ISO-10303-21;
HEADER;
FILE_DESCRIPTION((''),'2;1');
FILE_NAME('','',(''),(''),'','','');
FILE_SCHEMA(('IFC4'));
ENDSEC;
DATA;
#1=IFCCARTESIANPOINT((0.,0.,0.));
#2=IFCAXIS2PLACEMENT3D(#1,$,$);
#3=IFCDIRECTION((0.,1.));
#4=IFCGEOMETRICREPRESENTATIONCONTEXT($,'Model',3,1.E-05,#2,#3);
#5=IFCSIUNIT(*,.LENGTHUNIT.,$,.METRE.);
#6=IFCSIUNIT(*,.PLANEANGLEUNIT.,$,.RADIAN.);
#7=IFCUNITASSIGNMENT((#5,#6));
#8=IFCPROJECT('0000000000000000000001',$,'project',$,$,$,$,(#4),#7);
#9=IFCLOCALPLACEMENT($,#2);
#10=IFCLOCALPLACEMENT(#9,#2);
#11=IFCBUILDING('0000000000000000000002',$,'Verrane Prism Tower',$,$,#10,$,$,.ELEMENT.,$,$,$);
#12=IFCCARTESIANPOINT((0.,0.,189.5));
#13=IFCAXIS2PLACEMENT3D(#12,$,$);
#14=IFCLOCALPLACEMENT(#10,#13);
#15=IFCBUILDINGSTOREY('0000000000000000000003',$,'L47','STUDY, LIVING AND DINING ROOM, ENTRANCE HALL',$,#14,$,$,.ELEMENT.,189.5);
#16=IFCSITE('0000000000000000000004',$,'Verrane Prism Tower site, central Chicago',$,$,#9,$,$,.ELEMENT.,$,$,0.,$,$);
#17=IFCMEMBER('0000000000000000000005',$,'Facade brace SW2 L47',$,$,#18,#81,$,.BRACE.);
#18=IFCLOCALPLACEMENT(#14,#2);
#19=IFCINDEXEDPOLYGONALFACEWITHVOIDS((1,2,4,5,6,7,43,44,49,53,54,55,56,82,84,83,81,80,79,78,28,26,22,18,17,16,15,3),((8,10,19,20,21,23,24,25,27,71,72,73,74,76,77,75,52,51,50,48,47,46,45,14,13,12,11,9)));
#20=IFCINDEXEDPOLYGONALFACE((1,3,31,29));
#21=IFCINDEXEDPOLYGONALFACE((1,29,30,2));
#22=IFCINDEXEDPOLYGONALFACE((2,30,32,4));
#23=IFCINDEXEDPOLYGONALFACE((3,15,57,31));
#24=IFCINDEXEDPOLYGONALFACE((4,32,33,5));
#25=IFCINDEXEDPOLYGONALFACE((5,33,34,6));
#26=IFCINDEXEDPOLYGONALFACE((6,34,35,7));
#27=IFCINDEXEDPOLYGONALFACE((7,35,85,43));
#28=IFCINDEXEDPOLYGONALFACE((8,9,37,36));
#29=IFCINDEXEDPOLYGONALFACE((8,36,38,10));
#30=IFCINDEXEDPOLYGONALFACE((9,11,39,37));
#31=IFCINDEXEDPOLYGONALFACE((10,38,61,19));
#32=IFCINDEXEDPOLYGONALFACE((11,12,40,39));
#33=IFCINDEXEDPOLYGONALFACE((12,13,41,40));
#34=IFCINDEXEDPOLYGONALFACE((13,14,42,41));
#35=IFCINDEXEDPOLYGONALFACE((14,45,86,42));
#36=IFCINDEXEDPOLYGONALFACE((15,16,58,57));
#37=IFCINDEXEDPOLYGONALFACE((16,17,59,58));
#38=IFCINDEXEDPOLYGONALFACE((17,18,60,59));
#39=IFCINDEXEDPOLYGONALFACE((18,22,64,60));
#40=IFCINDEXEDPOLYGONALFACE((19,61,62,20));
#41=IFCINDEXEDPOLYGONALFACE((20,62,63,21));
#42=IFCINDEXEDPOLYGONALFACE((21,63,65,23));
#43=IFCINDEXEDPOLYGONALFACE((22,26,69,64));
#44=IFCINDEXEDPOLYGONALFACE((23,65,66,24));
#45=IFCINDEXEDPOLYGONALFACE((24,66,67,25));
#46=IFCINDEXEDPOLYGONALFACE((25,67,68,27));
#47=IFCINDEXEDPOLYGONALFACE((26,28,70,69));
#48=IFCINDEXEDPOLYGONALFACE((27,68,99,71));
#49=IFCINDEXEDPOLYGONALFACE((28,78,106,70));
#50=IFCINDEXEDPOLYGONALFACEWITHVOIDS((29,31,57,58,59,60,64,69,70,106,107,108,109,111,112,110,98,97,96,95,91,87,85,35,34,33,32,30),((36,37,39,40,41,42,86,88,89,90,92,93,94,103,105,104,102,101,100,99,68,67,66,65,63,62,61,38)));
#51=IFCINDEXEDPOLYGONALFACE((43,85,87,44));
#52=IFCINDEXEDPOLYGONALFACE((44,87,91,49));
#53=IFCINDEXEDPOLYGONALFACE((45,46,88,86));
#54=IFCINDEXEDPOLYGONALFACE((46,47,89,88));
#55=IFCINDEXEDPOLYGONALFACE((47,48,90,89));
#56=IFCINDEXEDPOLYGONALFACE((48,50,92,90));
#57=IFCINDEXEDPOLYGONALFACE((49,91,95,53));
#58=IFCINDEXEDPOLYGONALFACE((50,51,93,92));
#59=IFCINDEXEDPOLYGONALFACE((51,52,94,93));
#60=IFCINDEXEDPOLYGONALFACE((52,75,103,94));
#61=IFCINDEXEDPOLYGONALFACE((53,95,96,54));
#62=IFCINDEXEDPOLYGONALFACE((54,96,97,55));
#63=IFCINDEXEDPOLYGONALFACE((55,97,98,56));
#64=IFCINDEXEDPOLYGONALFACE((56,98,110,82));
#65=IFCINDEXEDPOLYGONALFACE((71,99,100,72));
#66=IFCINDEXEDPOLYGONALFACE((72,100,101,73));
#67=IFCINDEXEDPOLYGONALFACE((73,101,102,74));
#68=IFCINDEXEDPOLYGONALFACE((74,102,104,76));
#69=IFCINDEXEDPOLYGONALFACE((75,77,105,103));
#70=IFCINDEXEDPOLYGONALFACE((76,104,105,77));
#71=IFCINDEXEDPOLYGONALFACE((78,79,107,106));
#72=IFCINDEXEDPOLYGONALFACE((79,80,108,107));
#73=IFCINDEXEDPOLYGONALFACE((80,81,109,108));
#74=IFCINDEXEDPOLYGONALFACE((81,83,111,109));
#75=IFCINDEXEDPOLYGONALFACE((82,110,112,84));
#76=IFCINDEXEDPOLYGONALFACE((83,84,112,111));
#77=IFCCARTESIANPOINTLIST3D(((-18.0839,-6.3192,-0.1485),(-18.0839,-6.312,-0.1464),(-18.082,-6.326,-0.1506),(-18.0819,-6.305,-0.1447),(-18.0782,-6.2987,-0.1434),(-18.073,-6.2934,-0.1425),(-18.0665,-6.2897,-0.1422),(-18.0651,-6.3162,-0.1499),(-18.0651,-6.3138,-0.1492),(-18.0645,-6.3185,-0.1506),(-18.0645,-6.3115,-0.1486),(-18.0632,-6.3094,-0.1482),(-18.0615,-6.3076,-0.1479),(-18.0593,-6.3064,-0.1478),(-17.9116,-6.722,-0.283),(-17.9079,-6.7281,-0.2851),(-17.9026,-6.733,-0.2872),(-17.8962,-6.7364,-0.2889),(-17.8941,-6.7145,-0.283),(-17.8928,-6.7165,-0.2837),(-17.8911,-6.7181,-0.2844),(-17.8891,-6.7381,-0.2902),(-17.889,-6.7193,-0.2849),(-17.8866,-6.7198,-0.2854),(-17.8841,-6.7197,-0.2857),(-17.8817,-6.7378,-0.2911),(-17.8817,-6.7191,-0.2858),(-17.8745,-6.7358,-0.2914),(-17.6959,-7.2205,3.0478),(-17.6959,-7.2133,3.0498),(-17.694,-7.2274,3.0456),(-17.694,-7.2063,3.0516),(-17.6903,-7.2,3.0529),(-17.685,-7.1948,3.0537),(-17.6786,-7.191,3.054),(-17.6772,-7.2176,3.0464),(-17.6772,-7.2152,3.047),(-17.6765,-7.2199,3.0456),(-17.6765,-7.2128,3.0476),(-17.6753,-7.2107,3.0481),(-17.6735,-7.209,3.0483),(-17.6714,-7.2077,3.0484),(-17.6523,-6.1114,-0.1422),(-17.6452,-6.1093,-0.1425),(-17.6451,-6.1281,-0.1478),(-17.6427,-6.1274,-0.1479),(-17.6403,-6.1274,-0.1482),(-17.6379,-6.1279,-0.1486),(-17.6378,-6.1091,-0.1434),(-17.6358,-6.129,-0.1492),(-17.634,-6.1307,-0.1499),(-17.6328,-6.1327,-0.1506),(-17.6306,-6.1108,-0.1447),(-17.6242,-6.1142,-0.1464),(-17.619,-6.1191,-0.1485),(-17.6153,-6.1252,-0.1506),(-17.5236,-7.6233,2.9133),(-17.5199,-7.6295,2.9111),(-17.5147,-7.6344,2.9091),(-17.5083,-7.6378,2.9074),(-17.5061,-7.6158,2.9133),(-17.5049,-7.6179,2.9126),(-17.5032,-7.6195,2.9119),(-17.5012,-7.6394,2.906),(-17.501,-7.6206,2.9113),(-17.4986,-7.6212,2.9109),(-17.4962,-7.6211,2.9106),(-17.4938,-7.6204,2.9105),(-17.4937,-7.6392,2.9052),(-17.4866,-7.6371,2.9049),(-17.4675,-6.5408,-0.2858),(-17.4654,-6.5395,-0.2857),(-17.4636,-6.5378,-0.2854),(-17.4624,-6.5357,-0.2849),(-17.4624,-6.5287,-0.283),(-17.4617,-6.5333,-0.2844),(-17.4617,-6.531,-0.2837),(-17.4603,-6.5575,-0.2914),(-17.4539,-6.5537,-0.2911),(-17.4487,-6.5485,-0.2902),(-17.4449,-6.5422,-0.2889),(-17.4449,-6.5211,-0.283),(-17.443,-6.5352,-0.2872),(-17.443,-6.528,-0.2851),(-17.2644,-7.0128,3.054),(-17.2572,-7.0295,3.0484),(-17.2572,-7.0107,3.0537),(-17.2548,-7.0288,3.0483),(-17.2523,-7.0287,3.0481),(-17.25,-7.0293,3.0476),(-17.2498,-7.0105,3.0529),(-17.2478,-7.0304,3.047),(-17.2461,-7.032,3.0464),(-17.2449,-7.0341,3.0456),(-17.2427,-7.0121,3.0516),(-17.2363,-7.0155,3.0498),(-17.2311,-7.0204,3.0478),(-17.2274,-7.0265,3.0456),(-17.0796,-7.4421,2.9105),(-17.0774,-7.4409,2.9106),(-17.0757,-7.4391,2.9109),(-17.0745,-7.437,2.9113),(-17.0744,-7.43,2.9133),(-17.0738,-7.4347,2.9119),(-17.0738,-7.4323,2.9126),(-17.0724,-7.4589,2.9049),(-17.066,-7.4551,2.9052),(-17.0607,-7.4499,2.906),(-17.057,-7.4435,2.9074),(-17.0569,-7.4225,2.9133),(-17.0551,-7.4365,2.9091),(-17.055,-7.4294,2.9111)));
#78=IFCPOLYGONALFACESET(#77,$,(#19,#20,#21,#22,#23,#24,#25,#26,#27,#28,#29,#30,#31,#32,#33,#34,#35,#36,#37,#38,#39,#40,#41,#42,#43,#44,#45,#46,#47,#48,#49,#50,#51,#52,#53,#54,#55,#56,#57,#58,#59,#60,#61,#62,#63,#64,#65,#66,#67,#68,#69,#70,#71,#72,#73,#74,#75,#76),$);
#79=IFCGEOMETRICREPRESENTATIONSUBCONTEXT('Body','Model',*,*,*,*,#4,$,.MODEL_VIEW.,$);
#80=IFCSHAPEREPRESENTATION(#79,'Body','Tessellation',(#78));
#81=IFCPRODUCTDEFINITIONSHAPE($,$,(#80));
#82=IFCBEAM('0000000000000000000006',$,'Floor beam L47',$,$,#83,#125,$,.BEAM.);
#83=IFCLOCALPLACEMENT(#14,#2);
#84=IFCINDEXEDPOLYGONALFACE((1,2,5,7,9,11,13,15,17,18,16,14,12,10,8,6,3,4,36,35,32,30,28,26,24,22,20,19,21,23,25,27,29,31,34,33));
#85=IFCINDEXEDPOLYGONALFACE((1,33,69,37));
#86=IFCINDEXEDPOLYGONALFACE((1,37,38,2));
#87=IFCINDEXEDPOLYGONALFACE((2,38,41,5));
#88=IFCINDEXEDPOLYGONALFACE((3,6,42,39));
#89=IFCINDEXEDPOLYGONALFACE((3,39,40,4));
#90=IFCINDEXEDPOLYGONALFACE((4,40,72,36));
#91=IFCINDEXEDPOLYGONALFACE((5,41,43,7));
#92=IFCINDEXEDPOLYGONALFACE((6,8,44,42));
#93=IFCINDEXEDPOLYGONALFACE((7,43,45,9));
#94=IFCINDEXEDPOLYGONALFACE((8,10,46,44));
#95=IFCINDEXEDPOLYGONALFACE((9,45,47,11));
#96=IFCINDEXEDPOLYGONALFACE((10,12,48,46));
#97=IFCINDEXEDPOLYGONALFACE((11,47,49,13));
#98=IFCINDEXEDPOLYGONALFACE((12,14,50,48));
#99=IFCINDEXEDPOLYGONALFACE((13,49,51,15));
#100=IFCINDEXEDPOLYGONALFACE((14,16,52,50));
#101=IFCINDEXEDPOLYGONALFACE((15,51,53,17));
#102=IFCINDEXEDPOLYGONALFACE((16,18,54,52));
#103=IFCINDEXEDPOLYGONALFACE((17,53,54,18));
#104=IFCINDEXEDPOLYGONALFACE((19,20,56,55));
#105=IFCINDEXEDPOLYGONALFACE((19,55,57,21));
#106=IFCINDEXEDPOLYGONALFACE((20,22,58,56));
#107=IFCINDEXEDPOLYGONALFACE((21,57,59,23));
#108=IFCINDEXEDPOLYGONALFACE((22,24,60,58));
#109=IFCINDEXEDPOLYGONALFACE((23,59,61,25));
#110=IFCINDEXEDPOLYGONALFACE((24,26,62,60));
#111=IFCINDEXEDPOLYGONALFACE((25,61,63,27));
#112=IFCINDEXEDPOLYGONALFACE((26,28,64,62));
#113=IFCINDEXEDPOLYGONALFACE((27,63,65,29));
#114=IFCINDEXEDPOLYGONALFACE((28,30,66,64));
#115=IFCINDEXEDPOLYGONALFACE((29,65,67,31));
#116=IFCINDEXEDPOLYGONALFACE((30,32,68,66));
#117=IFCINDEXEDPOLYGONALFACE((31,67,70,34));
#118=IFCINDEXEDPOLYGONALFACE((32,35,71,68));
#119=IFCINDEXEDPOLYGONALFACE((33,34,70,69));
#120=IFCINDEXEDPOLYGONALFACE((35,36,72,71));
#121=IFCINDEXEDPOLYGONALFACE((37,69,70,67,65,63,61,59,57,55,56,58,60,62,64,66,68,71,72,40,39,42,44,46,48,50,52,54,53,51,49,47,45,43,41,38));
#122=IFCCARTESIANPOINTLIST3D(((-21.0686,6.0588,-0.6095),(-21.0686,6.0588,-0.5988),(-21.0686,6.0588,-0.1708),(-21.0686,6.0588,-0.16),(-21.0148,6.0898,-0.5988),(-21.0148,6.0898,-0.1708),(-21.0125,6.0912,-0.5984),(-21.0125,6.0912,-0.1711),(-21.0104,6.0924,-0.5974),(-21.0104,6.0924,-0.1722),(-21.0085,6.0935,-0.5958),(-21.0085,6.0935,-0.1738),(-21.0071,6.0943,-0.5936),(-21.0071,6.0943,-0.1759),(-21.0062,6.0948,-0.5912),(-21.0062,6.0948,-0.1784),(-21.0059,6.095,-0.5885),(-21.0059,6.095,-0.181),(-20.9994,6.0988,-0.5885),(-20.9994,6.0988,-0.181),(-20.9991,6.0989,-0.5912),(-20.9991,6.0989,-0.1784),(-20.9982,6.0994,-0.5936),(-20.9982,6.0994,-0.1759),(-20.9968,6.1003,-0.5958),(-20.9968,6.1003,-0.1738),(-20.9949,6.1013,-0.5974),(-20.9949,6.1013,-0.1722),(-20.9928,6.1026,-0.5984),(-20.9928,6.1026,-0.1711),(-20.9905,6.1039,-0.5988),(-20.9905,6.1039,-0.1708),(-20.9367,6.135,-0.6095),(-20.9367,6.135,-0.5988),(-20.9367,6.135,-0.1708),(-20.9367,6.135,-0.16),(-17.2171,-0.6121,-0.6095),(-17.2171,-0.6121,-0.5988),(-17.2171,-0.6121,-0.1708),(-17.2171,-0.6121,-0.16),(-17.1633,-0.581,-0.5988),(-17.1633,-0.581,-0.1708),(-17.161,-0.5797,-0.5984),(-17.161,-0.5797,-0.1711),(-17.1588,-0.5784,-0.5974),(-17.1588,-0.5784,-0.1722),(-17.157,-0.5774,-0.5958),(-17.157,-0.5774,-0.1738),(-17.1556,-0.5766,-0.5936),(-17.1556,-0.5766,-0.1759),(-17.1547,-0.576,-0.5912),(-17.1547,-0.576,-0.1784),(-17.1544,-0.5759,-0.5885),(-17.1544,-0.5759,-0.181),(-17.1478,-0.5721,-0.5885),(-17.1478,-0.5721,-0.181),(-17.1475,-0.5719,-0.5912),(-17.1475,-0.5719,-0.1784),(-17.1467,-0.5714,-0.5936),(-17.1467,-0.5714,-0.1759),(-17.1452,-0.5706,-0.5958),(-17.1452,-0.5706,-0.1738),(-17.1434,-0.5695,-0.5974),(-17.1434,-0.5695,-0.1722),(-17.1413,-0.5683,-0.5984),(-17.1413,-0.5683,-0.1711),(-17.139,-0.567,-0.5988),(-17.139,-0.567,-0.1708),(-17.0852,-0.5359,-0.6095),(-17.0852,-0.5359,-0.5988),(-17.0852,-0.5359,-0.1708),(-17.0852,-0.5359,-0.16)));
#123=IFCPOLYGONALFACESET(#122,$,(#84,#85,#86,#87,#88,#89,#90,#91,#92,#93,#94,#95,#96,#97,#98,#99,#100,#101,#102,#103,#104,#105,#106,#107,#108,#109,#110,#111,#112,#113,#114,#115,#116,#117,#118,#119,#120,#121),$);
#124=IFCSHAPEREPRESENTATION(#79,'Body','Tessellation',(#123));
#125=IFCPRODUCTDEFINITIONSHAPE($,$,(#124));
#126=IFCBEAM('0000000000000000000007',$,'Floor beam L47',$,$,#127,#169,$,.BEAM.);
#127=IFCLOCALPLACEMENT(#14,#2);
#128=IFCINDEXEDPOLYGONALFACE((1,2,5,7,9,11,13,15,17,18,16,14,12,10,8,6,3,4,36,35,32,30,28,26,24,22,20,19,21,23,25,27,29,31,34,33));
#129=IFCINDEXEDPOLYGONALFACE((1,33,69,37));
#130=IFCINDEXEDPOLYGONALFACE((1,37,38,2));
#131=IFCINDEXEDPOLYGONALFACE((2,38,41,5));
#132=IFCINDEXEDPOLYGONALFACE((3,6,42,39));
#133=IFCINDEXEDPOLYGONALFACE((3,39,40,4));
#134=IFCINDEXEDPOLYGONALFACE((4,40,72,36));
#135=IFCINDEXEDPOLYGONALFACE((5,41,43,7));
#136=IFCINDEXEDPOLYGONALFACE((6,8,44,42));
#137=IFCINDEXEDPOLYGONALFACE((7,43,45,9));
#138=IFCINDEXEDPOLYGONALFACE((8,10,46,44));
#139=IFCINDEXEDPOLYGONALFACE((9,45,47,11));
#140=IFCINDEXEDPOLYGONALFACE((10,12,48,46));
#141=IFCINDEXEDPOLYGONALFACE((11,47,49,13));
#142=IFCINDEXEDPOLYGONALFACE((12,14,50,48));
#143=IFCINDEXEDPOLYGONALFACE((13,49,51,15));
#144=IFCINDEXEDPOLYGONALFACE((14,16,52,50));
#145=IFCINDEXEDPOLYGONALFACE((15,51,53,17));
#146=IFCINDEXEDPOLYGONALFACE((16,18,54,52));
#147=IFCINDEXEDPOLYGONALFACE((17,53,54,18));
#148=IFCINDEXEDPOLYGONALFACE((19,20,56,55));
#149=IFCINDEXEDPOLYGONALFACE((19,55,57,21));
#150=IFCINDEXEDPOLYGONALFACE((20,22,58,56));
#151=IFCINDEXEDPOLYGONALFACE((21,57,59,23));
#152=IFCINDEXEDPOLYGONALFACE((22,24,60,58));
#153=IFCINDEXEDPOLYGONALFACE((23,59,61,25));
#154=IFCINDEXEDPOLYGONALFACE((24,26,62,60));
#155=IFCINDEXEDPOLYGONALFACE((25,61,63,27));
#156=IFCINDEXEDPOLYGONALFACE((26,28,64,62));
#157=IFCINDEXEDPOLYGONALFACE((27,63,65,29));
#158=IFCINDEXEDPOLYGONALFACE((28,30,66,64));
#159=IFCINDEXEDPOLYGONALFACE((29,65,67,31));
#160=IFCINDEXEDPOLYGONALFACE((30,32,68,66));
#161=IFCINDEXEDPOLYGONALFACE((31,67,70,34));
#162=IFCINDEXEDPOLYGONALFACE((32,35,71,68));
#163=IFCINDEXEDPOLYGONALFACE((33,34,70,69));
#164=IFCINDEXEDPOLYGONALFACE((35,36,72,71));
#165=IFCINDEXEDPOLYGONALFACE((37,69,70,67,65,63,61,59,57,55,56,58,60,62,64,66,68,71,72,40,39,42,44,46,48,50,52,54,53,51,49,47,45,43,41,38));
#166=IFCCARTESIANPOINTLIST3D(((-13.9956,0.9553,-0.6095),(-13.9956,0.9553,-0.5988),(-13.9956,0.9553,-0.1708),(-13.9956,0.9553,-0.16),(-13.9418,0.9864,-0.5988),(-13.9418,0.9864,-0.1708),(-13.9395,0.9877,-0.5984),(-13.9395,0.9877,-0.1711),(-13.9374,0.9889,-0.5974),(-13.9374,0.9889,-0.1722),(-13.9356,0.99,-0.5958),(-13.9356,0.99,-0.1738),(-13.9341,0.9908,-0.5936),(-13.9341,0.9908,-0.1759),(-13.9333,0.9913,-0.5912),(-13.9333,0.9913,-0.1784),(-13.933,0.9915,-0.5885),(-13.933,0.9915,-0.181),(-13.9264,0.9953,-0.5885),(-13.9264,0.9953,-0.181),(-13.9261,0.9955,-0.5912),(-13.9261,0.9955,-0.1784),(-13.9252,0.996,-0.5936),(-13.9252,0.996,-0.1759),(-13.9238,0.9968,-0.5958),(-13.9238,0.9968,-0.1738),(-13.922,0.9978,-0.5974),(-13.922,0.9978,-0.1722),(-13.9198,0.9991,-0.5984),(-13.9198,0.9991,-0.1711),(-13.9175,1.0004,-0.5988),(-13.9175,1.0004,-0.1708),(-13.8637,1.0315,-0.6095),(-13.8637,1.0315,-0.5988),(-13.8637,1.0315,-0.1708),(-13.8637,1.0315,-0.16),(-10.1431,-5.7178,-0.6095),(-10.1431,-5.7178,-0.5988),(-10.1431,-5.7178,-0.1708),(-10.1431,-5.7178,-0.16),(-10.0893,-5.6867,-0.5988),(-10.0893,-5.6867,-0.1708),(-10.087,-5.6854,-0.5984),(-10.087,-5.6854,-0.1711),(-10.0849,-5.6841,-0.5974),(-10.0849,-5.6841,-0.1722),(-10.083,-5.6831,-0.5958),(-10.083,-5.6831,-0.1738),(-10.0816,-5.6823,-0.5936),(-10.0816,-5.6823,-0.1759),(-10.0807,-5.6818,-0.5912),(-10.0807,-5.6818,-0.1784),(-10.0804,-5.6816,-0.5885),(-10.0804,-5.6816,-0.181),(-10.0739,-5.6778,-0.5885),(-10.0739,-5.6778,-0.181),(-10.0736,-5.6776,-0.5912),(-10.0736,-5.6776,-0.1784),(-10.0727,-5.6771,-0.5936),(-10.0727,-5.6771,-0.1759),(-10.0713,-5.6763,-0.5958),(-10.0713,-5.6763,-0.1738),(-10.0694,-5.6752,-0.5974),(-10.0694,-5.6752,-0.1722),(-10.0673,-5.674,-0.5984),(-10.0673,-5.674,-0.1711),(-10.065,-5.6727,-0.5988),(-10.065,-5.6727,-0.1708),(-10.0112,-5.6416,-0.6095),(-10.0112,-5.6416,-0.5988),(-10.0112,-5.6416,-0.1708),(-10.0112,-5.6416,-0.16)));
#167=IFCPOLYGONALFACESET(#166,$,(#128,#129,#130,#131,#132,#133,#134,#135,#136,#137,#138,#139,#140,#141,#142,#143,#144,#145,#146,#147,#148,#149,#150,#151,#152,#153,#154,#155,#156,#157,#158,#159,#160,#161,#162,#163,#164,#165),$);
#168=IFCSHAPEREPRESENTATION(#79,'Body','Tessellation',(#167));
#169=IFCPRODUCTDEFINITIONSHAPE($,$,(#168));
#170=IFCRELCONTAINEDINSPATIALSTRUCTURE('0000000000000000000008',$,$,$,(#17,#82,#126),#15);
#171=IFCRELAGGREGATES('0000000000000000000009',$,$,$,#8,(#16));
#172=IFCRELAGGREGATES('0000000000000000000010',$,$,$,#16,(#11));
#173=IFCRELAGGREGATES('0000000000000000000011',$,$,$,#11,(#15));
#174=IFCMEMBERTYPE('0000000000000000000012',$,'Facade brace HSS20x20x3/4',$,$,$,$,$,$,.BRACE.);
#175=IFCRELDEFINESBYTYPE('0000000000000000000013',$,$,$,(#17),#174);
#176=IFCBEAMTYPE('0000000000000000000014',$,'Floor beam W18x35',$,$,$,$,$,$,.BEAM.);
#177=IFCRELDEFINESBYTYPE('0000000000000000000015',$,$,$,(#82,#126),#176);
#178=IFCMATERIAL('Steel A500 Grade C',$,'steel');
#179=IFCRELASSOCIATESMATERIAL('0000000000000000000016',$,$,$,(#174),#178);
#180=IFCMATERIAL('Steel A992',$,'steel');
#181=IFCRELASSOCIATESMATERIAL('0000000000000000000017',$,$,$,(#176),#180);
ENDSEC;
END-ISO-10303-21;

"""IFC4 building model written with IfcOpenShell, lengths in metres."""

from ifc_helpers import new_model, si_unit, direction, frame, origin, origin_2d, place, context, subcontext, project, spatial, hollow_rectangle, i_section, extrude, material, material_profile, profile_set, type_object, element, save


model = new_model("IFC4")

# Units and contexts
model_context = context("Model", 3, precision=1e-05, world=origin(), true_north=direction((0.0, 1.0)))
body_context = subcontext(model_context, "Body", "Model", "MODEL_VIEW")
ifc_project = project(units=[si_unit("LENGTHUNIT", "METRE"), si_unit("PLANEANGLEUNIT", "RADIAN")], contexts=[model_context])

# Site, building, storey
site_placement = place(None, origin())
site = spatial("IfcSite", under=ifc_project, at=site_placement, Name="Verrane Prism Tower site, central Chicago", CompositionType="ELEMENT", RefElevation=0.0)
building_placement = place(site_placement, origin())
building = spatial("IfcBuilding", under=site, at=building_placement, Name="Verrane Prism Tower", CompositionType="ELEMENT")
storey_placement = place(building_placement, frame((0.0, 0.0, 189.5)))
storey = spatial("IfcBuildingStorey", under=building, at=storey_placement, Name="L47", Description="STUDY, LIVING AND DINING ROOM, ENTRANCE HALL", CompositionType="ELEMENT", Elevation=189.5)

# Member
ifc_material_1 = material(Name="Steel A500 Grade C", Category="steel")
ifc_material_profile_1 = material_profile(ifc_material_1, hollow_rectangle(XDim=0.5081, YDim=0.5081, WallThickness=0.019, InnerFilletRadius=0.0095, OuterFilletRadius=0.0286, at=origin_2d()), Name="HSS20x20x3/4")
ifc_profile_set_1 = profile_set([ifc_material_profile_1], Name="Steel A500 Grade C")
member_type_1 = type_object("IfcMemberType", Name="Facade brace HSS20x20x3/4", PredefinedType="BRACE", material=ifc_profile_set_1)
member_1_placement = place(storey_placement, frame((-17.7634, -6.4236, -0.2168), z_axis=(0.116027, -0.269585, 0.955961), x_axis=(0.918539, 0.39533, 0.0)))
element("IfcMember", 1, at=member_1_placement, inside=storey, type_object=member_type_1, Name="Facade brace SW2 L47", PredefinedType="BRACE", context=body_context, shape_type="SweptSolid", body=[
    extrude(hollow_rectangle(XDim=0.5081, YDim=0.5081, WallThickness=0.019, InnerFilletRadius=0.0095, OuterFilletRadius=0.0286, at=origin_2d()), origin(), (0.0, 0.0, 1.0), 3.3435),
])

# Beams
ifc_material_2 = material(Name="Steel A992", Category="steel")
ifc_material_profile_2 = material_profile(ifc_material_2, i_section(OverallWidth=0.1523, OverallDepth=0.4495, WebThickness=0.0076, FlangeThickness=0.0107, FilletRadius=0.0103, at=origin_2d()), Name="W18x35")
ifc_profile_set_2 = profile_set([ifc_material_profile_2], Name="Steel A992")
beam_type_1 = type_object("IfcBeamType", Name="Floor beam W18x35", PredefinedType="BEAM", material=ifc_profile_set_2)
beam_1_placement = place(storey_placement, frame((-17.1511, -0.574, -0.3848), z_axis=(-0.500011, 0.866019, 0.0), x_axis=(-0.866019, -0.500011, 0.0)))
element("IfcBeam", 2, at=beam_1_placement, inside=storey, type_object=beam_type_1, Name="Floor beam L47", PredefinedType="BEAM", context=body_context, shape_type="SweptSolid", body=[
    extrude(i_section(OverallWidth=0.1523, OverallDepth=0.4495, WebThickness=0.0076, FlangeThickness=0.0107, FilletRadius=0.0103, at=origin_2d()), origin(), (0.0, 0.0, 1.0), 7.7029),
])
beam_2_placement = place(storey_placement, frame((-10.0771, -5.6797, -0.3848), z_axis=(-0.499983, 0.866035, 0.0), x_axis=(-0.866035, -0.499983, 0.0)))
element("IfcBeam", 3, at=beam_2_placement, inside=storey, type_object=beam_type_1, Name="Floor beam L47", PredefinedType="BEAM", context=body_context, shape_type="SweptSolid", body=[
    extrude(i_section(OverallWidth=0.1523, OverallDepth=0.4495, WebThickness=0.0076, FlangeThickness=0.0107, FilletRadius=0.0103, at=origin_2d()), origin(), (0.0, 0.0, 1.0), 7.7053),
])

save(model, "model.ifc")
